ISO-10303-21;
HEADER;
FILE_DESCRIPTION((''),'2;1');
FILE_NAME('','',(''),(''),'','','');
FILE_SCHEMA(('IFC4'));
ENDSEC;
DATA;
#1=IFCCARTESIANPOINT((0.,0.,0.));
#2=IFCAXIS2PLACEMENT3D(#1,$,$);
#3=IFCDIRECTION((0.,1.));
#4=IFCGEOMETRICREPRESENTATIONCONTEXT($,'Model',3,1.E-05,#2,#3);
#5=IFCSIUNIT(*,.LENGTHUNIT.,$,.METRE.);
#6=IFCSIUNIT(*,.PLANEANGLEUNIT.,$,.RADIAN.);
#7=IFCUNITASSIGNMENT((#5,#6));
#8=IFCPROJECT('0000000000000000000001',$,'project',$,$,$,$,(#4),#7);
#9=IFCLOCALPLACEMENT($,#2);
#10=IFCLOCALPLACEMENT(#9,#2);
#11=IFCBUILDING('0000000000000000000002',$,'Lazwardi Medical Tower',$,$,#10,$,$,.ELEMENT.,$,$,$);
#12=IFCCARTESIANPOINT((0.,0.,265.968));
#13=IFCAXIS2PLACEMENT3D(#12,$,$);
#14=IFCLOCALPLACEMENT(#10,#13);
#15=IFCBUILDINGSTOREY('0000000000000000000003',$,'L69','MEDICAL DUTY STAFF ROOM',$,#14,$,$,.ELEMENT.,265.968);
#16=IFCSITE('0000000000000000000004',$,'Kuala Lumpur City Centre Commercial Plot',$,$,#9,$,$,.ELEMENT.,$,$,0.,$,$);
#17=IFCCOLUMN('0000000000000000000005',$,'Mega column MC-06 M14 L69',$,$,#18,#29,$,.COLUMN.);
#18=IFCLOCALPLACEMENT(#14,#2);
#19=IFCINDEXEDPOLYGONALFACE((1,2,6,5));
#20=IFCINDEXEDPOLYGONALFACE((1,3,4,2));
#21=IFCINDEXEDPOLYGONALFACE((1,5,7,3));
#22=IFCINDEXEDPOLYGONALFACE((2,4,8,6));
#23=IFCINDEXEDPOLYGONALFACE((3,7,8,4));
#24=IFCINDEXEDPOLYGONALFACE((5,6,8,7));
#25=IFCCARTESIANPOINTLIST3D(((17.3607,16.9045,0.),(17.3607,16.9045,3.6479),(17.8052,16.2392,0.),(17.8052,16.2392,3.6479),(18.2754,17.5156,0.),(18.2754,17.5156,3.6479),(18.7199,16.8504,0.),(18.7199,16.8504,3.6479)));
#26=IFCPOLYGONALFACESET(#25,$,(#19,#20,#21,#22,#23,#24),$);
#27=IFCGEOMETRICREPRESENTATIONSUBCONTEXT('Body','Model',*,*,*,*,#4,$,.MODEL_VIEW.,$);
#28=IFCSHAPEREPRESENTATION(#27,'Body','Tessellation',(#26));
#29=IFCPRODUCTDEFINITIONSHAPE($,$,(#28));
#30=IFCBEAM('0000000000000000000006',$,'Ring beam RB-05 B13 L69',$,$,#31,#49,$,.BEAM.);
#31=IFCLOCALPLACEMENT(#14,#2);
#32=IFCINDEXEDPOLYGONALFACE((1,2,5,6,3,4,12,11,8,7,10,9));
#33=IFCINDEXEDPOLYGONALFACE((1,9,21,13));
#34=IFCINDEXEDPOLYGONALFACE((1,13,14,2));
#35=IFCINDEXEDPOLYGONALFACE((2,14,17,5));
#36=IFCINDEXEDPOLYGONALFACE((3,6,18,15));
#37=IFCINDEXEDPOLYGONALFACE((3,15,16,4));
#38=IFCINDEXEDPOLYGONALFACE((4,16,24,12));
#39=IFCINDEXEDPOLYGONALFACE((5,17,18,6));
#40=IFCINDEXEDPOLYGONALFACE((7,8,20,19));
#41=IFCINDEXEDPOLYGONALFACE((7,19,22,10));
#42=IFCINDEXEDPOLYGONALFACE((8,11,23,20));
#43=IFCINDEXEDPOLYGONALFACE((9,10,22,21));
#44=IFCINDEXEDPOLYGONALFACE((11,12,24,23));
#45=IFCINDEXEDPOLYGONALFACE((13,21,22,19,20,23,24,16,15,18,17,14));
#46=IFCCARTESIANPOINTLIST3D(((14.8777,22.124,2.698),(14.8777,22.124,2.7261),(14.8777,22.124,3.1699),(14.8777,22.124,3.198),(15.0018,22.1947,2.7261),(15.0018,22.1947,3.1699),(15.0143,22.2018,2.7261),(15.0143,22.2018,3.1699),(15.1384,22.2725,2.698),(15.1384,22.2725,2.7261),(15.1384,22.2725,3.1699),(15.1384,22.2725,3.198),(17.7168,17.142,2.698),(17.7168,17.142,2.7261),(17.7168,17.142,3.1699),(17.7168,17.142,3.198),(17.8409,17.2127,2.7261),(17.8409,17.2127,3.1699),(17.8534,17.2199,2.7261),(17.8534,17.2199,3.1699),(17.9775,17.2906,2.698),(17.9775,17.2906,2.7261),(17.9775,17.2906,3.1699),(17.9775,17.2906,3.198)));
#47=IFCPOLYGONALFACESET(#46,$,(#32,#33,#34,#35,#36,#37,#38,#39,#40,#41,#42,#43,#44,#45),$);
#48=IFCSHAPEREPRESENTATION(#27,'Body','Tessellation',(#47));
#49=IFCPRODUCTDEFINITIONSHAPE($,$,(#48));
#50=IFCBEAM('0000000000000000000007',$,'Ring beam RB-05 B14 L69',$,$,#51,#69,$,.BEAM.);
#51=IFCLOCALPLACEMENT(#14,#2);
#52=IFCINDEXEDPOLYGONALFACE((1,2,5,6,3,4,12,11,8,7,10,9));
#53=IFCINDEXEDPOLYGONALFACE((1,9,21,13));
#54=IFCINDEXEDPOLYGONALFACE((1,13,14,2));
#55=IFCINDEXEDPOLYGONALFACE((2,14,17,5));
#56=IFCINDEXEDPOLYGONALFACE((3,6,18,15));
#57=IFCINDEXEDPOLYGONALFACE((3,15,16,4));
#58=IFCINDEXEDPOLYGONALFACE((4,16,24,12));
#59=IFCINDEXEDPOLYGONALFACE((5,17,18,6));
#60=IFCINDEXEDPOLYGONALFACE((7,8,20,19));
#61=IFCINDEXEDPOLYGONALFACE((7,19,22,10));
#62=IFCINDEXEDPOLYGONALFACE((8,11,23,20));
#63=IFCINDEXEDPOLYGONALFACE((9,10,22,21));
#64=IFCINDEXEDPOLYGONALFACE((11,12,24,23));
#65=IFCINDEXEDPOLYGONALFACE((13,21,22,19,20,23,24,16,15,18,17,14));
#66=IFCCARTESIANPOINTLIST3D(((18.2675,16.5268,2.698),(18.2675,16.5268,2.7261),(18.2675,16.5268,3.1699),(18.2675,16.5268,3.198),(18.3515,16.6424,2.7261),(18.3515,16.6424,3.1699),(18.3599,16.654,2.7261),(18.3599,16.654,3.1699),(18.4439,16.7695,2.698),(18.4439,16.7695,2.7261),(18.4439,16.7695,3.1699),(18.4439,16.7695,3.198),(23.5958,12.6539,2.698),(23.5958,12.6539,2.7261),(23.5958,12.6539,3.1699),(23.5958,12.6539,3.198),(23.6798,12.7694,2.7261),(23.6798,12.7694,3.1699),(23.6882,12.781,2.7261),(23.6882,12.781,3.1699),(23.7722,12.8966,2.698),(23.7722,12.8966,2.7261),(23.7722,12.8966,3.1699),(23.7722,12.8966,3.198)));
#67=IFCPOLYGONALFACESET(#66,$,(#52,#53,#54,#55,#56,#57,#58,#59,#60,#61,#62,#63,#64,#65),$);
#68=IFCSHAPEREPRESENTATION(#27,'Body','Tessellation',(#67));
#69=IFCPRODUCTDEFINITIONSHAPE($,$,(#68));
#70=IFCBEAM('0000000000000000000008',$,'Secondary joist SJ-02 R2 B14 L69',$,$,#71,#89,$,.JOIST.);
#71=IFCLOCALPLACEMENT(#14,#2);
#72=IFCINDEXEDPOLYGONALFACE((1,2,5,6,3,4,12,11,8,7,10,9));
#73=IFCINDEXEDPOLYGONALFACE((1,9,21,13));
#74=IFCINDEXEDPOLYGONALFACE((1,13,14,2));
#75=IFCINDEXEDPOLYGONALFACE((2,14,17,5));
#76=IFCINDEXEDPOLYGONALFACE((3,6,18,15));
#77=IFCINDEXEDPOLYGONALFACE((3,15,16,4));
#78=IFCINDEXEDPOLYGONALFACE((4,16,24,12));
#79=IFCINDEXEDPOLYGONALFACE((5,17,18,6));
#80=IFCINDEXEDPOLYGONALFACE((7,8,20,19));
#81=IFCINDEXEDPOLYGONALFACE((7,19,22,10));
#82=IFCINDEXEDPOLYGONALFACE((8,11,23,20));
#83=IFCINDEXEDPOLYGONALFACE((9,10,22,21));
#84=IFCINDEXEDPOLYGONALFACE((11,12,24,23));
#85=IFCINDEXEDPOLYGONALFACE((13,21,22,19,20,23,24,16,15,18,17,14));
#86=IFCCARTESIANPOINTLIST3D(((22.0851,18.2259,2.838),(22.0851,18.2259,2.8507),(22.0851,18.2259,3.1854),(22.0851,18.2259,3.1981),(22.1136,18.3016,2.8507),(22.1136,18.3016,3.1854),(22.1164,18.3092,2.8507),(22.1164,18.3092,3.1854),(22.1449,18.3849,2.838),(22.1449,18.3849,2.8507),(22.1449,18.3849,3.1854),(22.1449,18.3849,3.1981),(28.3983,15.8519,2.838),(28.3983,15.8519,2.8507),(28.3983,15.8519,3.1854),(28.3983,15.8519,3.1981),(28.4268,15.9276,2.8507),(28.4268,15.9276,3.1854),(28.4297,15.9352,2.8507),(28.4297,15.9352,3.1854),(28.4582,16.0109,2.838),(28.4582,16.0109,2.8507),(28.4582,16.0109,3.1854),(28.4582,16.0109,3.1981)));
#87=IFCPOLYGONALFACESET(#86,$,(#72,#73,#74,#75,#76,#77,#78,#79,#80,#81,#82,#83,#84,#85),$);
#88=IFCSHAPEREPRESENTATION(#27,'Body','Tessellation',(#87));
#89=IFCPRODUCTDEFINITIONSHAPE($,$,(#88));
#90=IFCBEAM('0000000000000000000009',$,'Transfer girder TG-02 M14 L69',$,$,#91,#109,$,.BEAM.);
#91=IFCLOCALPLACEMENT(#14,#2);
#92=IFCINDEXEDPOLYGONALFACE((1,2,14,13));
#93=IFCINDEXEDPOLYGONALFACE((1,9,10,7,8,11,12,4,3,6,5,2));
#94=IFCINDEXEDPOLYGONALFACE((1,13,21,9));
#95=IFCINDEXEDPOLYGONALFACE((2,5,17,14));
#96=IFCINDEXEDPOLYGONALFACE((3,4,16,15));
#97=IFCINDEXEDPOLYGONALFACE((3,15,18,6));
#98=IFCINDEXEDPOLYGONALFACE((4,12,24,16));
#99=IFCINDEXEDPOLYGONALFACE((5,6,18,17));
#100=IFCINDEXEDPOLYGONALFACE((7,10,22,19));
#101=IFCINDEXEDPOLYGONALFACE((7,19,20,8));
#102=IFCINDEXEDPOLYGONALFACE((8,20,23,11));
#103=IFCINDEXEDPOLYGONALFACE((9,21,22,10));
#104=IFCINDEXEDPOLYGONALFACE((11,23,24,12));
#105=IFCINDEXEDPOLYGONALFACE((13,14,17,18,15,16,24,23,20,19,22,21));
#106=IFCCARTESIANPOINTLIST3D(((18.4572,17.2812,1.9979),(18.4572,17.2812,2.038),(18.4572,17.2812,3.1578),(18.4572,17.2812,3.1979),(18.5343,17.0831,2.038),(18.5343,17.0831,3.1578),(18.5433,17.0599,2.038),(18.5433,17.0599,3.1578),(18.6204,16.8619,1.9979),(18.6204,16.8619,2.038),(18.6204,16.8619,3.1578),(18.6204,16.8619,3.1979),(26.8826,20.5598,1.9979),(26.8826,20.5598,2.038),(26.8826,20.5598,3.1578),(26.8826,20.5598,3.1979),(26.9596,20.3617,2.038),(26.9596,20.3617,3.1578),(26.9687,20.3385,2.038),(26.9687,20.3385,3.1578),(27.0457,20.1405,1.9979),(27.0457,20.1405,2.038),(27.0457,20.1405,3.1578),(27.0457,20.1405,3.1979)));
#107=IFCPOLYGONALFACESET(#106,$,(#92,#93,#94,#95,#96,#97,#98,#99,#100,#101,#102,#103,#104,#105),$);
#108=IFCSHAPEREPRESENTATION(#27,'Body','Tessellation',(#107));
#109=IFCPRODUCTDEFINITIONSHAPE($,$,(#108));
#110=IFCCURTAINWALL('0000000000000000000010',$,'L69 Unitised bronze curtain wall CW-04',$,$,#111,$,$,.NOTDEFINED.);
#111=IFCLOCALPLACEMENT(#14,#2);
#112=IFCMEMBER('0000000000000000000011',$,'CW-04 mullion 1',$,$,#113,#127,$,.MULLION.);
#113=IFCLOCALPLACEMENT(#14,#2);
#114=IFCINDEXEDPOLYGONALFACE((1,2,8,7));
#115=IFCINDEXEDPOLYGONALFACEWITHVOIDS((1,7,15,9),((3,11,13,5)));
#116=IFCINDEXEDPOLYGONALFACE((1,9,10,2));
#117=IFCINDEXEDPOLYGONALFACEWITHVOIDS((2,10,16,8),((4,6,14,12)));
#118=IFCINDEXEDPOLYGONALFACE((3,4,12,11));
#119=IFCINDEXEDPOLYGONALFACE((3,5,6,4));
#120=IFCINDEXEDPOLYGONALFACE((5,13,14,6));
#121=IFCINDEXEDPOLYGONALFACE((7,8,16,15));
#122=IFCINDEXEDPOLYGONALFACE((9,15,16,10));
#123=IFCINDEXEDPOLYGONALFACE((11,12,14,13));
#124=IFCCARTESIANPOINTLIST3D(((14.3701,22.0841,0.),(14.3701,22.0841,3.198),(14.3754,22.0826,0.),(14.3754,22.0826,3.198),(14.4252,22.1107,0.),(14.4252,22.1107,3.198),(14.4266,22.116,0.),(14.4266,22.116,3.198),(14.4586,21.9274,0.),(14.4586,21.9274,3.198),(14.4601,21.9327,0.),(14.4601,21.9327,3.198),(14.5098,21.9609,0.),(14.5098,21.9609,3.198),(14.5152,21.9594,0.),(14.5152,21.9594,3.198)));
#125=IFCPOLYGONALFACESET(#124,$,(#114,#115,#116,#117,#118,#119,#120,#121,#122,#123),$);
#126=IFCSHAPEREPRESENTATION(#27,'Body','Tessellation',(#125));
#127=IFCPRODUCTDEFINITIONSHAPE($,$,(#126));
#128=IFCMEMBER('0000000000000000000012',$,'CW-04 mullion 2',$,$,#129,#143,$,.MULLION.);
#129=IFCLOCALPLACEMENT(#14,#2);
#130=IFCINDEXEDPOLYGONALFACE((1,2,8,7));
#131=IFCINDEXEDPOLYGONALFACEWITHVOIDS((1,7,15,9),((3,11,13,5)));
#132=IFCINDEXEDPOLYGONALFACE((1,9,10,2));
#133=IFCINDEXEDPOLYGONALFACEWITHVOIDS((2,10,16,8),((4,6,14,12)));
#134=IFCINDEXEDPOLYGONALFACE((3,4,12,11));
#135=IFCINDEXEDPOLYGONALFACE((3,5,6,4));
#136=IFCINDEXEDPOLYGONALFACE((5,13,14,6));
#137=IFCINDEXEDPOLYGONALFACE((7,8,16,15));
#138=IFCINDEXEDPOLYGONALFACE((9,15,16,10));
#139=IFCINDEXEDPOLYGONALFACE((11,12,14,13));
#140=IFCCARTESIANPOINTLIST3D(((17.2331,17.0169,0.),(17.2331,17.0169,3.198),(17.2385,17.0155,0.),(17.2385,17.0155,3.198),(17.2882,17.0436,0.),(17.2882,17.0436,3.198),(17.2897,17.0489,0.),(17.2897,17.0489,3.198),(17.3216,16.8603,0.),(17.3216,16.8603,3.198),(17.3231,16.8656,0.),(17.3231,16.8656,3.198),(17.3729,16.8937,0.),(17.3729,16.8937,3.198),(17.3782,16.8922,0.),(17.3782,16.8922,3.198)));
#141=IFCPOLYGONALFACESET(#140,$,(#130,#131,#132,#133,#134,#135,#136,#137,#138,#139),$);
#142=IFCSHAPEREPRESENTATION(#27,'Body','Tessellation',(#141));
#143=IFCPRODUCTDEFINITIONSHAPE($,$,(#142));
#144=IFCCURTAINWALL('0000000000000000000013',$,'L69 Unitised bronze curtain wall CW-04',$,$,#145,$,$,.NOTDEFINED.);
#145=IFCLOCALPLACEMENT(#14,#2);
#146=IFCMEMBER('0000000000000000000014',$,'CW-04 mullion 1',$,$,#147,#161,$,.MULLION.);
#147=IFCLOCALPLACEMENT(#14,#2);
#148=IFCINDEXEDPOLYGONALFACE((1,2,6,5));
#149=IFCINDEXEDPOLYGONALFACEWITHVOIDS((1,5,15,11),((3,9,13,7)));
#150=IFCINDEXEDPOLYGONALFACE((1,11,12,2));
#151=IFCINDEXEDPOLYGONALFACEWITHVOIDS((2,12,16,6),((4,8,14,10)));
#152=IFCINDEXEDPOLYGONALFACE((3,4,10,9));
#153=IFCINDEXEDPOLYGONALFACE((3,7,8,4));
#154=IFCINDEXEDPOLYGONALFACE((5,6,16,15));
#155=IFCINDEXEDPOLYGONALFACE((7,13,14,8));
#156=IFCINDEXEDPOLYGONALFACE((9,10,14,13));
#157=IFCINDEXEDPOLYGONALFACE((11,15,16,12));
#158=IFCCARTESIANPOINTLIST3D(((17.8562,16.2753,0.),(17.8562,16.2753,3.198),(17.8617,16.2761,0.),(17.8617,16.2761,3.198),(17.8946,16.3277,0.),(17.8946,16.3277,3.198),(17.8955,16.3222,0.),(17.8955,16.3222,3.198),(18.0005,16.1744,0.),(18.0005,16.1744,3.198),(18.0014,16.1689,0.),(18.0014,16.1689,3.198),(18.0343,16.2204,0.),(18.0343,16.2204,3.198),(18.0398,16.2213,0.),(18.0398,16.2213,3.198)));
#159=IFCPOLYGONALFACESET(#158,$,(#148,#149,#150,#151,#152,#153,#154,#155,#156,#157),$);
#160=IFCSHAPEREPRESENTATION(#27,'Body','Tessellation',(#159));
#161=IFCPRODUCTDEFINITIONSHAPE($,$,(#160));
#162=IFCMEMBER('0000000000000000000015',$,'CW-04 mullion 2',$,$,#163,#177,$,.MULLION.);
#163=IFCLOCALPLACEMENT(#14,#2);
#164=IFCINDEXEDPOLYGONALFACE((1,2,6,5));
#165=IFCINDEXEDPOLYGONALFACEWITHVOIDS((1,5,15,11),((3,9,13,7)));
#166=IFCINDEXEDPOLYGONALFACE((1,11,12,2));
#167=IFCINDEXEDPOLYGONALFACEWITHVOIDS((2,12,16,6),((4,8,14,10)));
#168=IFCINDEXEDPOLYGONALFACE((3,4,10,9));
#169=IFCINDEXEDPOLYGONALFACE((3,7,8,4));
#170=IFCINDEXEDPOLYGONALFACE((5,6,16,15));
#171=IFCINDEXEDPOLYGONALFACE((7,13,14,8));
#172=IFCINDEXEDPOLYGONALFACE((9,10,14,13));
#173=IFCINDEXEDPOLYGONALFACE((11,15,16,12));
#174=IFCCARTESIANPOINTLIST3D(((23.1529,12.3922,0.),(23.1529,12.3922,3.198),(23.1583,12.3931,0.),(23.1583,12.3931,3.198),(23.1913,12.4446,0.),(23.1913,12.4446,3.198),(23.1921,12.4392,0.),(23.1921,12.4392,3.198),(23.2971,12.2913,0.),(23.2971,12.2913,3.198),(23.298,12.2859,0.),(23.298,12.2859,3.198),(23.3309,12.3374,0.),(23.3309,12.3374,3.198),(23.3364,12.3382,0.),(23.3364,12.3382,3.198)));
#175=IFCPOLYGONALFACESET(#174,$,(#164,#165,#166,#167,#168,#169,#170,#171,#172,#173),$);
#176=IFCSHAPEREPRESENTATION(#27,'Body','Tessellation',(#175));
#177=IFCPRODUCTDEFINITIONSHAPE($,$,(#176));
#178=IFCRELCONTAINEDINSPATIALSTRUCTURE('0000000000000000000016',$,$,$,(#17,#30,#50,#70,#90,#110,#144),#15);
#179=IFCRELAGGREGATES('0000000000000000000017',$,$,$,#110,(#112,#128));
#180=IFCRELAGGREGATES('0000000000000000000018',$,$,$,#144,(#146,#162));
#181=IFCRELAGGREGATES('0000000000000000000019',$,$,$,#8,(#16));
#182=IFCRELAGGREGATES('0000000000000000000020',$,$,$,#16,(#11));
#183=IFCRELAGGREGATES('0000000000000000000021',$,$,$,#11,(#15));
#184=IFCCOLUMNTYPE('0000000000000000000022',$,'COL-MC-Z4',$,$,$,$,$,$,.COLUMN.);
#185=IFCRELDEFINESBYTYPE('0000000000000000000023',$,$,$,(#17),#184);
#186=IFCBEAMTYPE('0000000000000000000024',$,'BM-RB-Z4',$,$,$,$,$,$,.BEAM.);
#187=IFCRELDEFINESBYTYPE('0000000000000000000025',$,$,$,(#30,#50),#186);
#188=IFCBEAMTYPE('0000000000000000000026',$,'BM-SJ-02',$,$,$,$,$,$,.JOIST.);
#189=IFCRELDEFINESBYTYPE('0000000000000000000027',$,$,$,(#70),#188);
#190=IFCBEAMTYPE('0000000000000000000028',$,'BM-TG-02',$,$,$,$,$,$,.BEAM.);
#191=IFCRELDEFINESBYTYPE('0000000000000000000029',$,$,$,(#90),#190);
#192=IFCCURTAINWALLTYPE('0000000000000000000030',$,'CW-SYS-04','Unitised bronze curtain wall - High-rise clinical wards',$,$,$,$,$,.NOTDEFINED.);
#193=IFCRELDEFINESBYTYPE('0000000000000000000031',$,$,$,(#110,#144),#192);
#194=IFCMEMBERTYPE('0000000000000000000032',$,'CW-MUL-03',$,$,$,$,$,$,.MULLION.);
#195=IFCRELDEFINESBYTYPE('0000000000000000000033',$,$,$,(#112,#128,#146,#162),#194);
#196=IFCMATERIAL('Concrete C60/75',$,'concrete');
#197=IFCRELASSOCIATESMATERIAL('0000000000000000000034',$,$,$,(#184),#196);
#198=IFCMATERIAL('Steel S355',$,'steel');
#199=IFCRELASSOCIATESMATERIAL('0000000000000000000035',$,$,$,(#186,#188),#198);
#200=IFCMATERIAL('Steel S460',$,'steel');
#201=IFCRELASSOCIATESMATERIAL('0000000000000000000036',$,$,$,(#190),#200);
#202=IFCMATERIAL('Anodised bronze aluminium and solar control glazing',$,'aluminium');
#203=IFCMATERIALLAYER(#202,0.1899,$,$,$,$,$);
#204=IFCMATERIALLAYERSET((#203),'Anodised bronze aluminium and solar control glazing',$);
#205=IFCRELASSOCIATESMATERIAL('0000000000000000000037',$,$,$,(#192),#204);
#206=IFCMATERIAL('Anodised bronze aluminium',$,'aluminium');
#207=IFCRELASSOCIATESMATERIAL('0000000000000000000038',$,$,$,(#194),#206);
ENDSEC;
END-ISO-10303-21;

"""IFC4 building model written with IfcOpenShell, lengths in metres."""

from ifc_helpers import new_model, si_unit, direction, frame, origin, origin_2d, place, context, subcontext, project, spatial, rectangle, hollow_rectangle, i_section, extrude, material, layer, layer_set, material_profile, profile_set, type_object, element, aggregate, save


model = new_model("IFC4")

# Units and contexts
model_context = context("Model", 3, precision=1e-05, world=origin(), true_north=direction((0.0, 1.0)))
body_context = subcontext(model_context, "Body", "Model", "MODEL_VIEW")
ifc_project = project(units=[si_unit("LENGTHUNIT", "METRE"), si_unit("PLANEANGLEUNIT", "RADIAN")], contexts=[model_context])

# Site, building, storey
site_placement = place(None, origin())
site = spatial("IfcSite", under=ifc_project, at=site_placement, Name="Kuala Lumpur City Centre Commercial Plot", CompositionType="ELEMENT", RefElevation=0.0)
building_placement = place(site_placement, origin())
building = spatial("IfcBuilding", under=site, at=building_placement, Name="Lazwardi Medical Tower", CompositionType="ELEMENT")
storey_placement = place(building_placement, frame((0.0, 0.0, 265.968)))
storey = spatial("IfcBuildingStorey", under=building, at=storey_placement, Name="L69", Description="MEDICAL DUTY STAFF ROOM", CompositionType="ELEMENT", Elevation=265.968)

# Column
ifc_material_1 = material(Name="Concrete C60/75", Category="concrete")
ifc_material_profile_1 = material_profile(ifc_material_1, rectangle(XDim=1.1001, YDim=0.8, at=origin_2d()), Name="CFT-RECT 1100x800")
ifc_profile_set_1 = profile_set([ifc_material_profile_1], Name="Concrete C60/75")
column_type = type_object("IfcColumnType", Name="COL-MC-Z4", PredefinedType="COLUMN", material=ifc_profile_set_1)
column_placement = place(storey_placement, frame((18.0403, 16.8774, 0.0), z_axis=(0.0, 0.0, 1.0), x_axis=(-0.83147, -0.55557, 0.0)))
element("IfcColumn", 1, at=column_placement, inside=storey, type_object=column_type, Name="Mega column MC-06 M14 L69", PredefinedType="COLUMN", context=body_context, shape_type="SweptSolid", body=[
    extrude(rectangle(XDim=1.1001, YDim=0.8, at=origin_2d()), origin(), (0.0, 0.0, 1.0), 3.6479),
])

# Beams
ifc_material_2 = material(Name="Steel S355", Category="steel")
ifc_material_profile_2 = material_profile(ifc_material_2, i_section(OverallWidth=0.3, OverallDepth=0.5, WebThickness=0.0144, FlangeThickness=0.0281, at=origin_2d()), Name="HEB 500")
ifc_profile_set_2 = profile_set([ifc_material_profile_2], Name="Steel S355")
beam_type_1 = type_object("IfcBeamType", Name="BM-RB-Z4", PredefinedType="BEAM", material=ifc_profile_set_2)
beam_1_placement = place(storey_placement, frame((15.0081, 22.1982, 2.948), z_axis=(0.495125, -0.868822, 0.0), x_axis=(0.868822, 0.495125, 0.0)))
element("IfcBeam", 2, at=beam_1_placement, inside=storey, type_object=beam_type_1, Name="Ring beam RB-05 B13 L69", PredefinedType="BEAM", context=body_context, shape_type="SweptSolid", body=[
    extrude(i_section(OverallWidth=0.3, OverallDepth=0.5, WebThickness=0.0144, FlangeThickness=0.0281, at=origin_2d()), origin(), (0.0, 0.0, 1.0), 5.7341),
])
beam_2_placement = place(storey_placement, frame((18.3557, 16.6482, 2.948), z_axis=(0.80889, -0.58796, 0.0), x_axis=(0.58796, 0.80889, 0.0)))
element("IfcBeam", 3, at=beam_2_placement, inside=storey, type_object=beam_type_1, Name="Ring beam RB-05 B14 L69", PredefinedType="BEAM", context=body_context, shape_type="SweptSolid", body=[
    extrude(i_section(OverallWidth=0.3, OverallDepth=0.5, WebThickness=0.0144, FlangeThickness=0.0281, at=origin_2d()), origin(), (0.0, 0.0, 1.0), 6.5872),
])
ifc_material_profile_3 = material_profile(ifc_material_2, i_section(OverallWidth=0.1699, OverallDepth=0.3601, WebThickness=0.0081, FlangeThickness=0.0127, at=origin_2d()), Name="IPE 360")
ifc_profile_set_3 = profile_set([ifc_material_profile_3], Name="Steel S355")
beam_type_2 = type_object("IfcBeamType", Name="BM-SJ-02", PredefinedType="JOIST", material=ifc_profile_set_3)
beam_3_placement = place(storey_placement, frame((22.115, 18.3054, 3.0181), z_axis=(0.936009, -0.351976, 0.0), x_axis=(0.351976, 0.936009, 0.0)))
element("IfcBeam", 4, at=beam_3_placement, inside=storey, type_object=beam_type_2, Name="Secondary joist SJ-02 R2 B14 L69", PredefinedType="JOIST", context=body_context, shape_type="SweptSolid", body=[
    extrude(i_section(OverallWidth=0.1699, OverallDepth=0.3601, WebThickness=0.0081, FlangeThickness=0.0127, at=origin_2d()), origin(), (0.0, 0.0, 1.0), 6.7449),
])
ifc_material_3 = material(Name="Steel S460", Category="steel")
ifc_material_profile_4 = material_profile(ifc_material_3, i_section(OverallWidth=0.45, OverallDepth=1.2, WebThickness=0.0249, FlangeThickness=0.04, at=origin_2d()), Name="PG 1200x450")
ifc_profile_set_4 = profile_set([ifc_material_profile_4], Name="Steel S460")
beam_type_3 = type_object("IfcBeamType", Name="BM-TG-02", PredefinedType="BEAM", material=ifc_profile_set_4)
beam_4_placement = place(storey_placement, frame((18.5388, 17.0715, 2.5979), z_axis=(0.931928, 0.362644, 0.0), x_axis=(-0.362644, 0.931928, 0.0)))
element("IfcBeam", 5, at=beam_4_placement, inside=storey, type_object=beam_type_3, Name="Transfer girder TG-02 M14 L69", PredefinedType="BEAM", context=body_context, shape_type="SweptSolid", body=[
    extrude(i_section(OverallWidth=0.45, OverallDepth=1.2, WebThickness=0.0249, FlangeThickness=0.04, at=origin_2d()), origin(), (0.0, 0.0, 1.0), 9.0408),
])

# Curtain walls, members
ifc_material_4 = material(Name="Anodised bronze aluminium and solar control glazing", Category="aluminium")
ifc_layer_1 = layer(ifc_material_4, 0.1899)
ifc_layer_set_1 = layer_set([ifc_layer_1], Name="Anodised bronze aluminium and solar control glazing")
curtain_wall_type = type_object("IfcCurtainWallType", Name="CW-SYS-04", Description="Unitised bronze curtain wall - High-rise clinical wards", PredefinedType="NOTDEFINED", material=ifc_layer_set_1)
curtain_wall_1_placement = place(storey_placement, origin())
curtain_wall_1 = element("IfcCurtainWall", 6, at=curtain_wall_1_placement, inside=storey, type_object=curtain_wall_type, Name="L69 Unitised bronze curtain wall CW-04", PredefinedType="NOTDEFINED")
ifc_material_5 = material(Name="Anodised bronze aluminium", Category="aluminium")
ifc_material_profile_5 = material_profile(ifc_material_5, hollow_rectangle(XDim=0.0649, YDim=0.1799, WallThickness=0.0039, at=origin_2d()), Name="ALU-MULLION 180x65x4")
ifc_profile_set_5 = profile_set([ifc_material_profile_5], Name="Anodised bronze aluminium")
member_type_1 = type_object("IfcMemberType", Name="CW-MUL-03", PredefinedType="MULLION", material=ifc_profile_set_5)
member_1_placement = place(storey_placement, frame((14.4426, 22.0217, 0.0), z_axis=(0.0, 0.0, 1.0), x_axis=(0.870651, 0.4919, 0.0)))
member_1 = element("IfcMember", 7, at=member_1_placement, type_object=member_type_1, Name="CW-04 mullion 1", PredefinedType="MULLION", context=body_context, shape_type="SweptSolid", body=[
    extrude(hollow_rectangle(XDim=0.0649, YDim=0.1799, WallThickness=0.0039, at=origin_2d()), origin(), (0.0, 0.0, 1.0), 3.198),
])
member_2_placement = place(storey_placement, frame((17.3057, 16.9546, 0.0), z_axis=(0.0, 0.0, 1.0), x_axis=(0.870651, 0.4919, 0.0)))
member_2 = element("IfcMember", 8, at=member_2_placement, type_object=member_type_1, Name="CW-04 mullion 2", PredefinedType="MULLION", context=body_context, shape_type="SweptSolid", body=[
    extrude(hollow_rectangle(XDim=0.0649, YDim=0.1799, WallThickness=0.0039, at=origin_2d()), origin(), (0.0, 0.0, 1.0), 3.198),
])
curtain_wall_2_placement = place(storey_placement, origin())
curtain_wall_2 = element("IfcCurtainWall", 9, at=curtain_wall_2_placement, inside=storey, type_object=curtain_wall_type, Name="L69 Unitised bronze curtain wall CW-04", PredefinedType="NOTDEFINED")
member_3_placement = place(storey_placement, frame((17.948, 16.2483, 0.0), z_axis=(0.0, 0.0, 1.0), x_axis=(0.591268, 0.806475, 0.0)))
member_3 = element("IfcMember", 10, at=member_3_placement, type_object=member_type_1, Name="CW-04 mullion 1", PredefinedType="MULLION", context=body_context, shape_type="SweptSolid", body=[
    extrude(hollow_rectangle(XDim=0.0649, YDim=0.1799, WallThickness=0.0039, at=origin_2d()), origin(), (0.0, 0.0, 1.0), 3.198),
])
member_4_placement = place(storey_placement, frame((23.2446, 12.3652, 0.0), z_axis=(0.0, 0.0, 1.0), x_axis=(0.591268, 0.806475, 0.0)))
member_4 = element("IfcMember", 11, at=member_4_placement, type_object=member_type_1, Name="CW-04 mullion 2", PredefinedType="MULLION", context=body_context, shape_type="SweptSolid", body=[
    extrude(hollow_rectangle(XDim=0.0649, YDim=0.1799, WallThickness=0.0039, at=origin_2d()), origin(), (0.0, 0.0, 1.0), 3.198),
])

aggregate(curtain_wall_1, [member_1, member_2])
aggregate(curtain_wall_2, [member_3, member_4])

save(model, "model.ifc")
